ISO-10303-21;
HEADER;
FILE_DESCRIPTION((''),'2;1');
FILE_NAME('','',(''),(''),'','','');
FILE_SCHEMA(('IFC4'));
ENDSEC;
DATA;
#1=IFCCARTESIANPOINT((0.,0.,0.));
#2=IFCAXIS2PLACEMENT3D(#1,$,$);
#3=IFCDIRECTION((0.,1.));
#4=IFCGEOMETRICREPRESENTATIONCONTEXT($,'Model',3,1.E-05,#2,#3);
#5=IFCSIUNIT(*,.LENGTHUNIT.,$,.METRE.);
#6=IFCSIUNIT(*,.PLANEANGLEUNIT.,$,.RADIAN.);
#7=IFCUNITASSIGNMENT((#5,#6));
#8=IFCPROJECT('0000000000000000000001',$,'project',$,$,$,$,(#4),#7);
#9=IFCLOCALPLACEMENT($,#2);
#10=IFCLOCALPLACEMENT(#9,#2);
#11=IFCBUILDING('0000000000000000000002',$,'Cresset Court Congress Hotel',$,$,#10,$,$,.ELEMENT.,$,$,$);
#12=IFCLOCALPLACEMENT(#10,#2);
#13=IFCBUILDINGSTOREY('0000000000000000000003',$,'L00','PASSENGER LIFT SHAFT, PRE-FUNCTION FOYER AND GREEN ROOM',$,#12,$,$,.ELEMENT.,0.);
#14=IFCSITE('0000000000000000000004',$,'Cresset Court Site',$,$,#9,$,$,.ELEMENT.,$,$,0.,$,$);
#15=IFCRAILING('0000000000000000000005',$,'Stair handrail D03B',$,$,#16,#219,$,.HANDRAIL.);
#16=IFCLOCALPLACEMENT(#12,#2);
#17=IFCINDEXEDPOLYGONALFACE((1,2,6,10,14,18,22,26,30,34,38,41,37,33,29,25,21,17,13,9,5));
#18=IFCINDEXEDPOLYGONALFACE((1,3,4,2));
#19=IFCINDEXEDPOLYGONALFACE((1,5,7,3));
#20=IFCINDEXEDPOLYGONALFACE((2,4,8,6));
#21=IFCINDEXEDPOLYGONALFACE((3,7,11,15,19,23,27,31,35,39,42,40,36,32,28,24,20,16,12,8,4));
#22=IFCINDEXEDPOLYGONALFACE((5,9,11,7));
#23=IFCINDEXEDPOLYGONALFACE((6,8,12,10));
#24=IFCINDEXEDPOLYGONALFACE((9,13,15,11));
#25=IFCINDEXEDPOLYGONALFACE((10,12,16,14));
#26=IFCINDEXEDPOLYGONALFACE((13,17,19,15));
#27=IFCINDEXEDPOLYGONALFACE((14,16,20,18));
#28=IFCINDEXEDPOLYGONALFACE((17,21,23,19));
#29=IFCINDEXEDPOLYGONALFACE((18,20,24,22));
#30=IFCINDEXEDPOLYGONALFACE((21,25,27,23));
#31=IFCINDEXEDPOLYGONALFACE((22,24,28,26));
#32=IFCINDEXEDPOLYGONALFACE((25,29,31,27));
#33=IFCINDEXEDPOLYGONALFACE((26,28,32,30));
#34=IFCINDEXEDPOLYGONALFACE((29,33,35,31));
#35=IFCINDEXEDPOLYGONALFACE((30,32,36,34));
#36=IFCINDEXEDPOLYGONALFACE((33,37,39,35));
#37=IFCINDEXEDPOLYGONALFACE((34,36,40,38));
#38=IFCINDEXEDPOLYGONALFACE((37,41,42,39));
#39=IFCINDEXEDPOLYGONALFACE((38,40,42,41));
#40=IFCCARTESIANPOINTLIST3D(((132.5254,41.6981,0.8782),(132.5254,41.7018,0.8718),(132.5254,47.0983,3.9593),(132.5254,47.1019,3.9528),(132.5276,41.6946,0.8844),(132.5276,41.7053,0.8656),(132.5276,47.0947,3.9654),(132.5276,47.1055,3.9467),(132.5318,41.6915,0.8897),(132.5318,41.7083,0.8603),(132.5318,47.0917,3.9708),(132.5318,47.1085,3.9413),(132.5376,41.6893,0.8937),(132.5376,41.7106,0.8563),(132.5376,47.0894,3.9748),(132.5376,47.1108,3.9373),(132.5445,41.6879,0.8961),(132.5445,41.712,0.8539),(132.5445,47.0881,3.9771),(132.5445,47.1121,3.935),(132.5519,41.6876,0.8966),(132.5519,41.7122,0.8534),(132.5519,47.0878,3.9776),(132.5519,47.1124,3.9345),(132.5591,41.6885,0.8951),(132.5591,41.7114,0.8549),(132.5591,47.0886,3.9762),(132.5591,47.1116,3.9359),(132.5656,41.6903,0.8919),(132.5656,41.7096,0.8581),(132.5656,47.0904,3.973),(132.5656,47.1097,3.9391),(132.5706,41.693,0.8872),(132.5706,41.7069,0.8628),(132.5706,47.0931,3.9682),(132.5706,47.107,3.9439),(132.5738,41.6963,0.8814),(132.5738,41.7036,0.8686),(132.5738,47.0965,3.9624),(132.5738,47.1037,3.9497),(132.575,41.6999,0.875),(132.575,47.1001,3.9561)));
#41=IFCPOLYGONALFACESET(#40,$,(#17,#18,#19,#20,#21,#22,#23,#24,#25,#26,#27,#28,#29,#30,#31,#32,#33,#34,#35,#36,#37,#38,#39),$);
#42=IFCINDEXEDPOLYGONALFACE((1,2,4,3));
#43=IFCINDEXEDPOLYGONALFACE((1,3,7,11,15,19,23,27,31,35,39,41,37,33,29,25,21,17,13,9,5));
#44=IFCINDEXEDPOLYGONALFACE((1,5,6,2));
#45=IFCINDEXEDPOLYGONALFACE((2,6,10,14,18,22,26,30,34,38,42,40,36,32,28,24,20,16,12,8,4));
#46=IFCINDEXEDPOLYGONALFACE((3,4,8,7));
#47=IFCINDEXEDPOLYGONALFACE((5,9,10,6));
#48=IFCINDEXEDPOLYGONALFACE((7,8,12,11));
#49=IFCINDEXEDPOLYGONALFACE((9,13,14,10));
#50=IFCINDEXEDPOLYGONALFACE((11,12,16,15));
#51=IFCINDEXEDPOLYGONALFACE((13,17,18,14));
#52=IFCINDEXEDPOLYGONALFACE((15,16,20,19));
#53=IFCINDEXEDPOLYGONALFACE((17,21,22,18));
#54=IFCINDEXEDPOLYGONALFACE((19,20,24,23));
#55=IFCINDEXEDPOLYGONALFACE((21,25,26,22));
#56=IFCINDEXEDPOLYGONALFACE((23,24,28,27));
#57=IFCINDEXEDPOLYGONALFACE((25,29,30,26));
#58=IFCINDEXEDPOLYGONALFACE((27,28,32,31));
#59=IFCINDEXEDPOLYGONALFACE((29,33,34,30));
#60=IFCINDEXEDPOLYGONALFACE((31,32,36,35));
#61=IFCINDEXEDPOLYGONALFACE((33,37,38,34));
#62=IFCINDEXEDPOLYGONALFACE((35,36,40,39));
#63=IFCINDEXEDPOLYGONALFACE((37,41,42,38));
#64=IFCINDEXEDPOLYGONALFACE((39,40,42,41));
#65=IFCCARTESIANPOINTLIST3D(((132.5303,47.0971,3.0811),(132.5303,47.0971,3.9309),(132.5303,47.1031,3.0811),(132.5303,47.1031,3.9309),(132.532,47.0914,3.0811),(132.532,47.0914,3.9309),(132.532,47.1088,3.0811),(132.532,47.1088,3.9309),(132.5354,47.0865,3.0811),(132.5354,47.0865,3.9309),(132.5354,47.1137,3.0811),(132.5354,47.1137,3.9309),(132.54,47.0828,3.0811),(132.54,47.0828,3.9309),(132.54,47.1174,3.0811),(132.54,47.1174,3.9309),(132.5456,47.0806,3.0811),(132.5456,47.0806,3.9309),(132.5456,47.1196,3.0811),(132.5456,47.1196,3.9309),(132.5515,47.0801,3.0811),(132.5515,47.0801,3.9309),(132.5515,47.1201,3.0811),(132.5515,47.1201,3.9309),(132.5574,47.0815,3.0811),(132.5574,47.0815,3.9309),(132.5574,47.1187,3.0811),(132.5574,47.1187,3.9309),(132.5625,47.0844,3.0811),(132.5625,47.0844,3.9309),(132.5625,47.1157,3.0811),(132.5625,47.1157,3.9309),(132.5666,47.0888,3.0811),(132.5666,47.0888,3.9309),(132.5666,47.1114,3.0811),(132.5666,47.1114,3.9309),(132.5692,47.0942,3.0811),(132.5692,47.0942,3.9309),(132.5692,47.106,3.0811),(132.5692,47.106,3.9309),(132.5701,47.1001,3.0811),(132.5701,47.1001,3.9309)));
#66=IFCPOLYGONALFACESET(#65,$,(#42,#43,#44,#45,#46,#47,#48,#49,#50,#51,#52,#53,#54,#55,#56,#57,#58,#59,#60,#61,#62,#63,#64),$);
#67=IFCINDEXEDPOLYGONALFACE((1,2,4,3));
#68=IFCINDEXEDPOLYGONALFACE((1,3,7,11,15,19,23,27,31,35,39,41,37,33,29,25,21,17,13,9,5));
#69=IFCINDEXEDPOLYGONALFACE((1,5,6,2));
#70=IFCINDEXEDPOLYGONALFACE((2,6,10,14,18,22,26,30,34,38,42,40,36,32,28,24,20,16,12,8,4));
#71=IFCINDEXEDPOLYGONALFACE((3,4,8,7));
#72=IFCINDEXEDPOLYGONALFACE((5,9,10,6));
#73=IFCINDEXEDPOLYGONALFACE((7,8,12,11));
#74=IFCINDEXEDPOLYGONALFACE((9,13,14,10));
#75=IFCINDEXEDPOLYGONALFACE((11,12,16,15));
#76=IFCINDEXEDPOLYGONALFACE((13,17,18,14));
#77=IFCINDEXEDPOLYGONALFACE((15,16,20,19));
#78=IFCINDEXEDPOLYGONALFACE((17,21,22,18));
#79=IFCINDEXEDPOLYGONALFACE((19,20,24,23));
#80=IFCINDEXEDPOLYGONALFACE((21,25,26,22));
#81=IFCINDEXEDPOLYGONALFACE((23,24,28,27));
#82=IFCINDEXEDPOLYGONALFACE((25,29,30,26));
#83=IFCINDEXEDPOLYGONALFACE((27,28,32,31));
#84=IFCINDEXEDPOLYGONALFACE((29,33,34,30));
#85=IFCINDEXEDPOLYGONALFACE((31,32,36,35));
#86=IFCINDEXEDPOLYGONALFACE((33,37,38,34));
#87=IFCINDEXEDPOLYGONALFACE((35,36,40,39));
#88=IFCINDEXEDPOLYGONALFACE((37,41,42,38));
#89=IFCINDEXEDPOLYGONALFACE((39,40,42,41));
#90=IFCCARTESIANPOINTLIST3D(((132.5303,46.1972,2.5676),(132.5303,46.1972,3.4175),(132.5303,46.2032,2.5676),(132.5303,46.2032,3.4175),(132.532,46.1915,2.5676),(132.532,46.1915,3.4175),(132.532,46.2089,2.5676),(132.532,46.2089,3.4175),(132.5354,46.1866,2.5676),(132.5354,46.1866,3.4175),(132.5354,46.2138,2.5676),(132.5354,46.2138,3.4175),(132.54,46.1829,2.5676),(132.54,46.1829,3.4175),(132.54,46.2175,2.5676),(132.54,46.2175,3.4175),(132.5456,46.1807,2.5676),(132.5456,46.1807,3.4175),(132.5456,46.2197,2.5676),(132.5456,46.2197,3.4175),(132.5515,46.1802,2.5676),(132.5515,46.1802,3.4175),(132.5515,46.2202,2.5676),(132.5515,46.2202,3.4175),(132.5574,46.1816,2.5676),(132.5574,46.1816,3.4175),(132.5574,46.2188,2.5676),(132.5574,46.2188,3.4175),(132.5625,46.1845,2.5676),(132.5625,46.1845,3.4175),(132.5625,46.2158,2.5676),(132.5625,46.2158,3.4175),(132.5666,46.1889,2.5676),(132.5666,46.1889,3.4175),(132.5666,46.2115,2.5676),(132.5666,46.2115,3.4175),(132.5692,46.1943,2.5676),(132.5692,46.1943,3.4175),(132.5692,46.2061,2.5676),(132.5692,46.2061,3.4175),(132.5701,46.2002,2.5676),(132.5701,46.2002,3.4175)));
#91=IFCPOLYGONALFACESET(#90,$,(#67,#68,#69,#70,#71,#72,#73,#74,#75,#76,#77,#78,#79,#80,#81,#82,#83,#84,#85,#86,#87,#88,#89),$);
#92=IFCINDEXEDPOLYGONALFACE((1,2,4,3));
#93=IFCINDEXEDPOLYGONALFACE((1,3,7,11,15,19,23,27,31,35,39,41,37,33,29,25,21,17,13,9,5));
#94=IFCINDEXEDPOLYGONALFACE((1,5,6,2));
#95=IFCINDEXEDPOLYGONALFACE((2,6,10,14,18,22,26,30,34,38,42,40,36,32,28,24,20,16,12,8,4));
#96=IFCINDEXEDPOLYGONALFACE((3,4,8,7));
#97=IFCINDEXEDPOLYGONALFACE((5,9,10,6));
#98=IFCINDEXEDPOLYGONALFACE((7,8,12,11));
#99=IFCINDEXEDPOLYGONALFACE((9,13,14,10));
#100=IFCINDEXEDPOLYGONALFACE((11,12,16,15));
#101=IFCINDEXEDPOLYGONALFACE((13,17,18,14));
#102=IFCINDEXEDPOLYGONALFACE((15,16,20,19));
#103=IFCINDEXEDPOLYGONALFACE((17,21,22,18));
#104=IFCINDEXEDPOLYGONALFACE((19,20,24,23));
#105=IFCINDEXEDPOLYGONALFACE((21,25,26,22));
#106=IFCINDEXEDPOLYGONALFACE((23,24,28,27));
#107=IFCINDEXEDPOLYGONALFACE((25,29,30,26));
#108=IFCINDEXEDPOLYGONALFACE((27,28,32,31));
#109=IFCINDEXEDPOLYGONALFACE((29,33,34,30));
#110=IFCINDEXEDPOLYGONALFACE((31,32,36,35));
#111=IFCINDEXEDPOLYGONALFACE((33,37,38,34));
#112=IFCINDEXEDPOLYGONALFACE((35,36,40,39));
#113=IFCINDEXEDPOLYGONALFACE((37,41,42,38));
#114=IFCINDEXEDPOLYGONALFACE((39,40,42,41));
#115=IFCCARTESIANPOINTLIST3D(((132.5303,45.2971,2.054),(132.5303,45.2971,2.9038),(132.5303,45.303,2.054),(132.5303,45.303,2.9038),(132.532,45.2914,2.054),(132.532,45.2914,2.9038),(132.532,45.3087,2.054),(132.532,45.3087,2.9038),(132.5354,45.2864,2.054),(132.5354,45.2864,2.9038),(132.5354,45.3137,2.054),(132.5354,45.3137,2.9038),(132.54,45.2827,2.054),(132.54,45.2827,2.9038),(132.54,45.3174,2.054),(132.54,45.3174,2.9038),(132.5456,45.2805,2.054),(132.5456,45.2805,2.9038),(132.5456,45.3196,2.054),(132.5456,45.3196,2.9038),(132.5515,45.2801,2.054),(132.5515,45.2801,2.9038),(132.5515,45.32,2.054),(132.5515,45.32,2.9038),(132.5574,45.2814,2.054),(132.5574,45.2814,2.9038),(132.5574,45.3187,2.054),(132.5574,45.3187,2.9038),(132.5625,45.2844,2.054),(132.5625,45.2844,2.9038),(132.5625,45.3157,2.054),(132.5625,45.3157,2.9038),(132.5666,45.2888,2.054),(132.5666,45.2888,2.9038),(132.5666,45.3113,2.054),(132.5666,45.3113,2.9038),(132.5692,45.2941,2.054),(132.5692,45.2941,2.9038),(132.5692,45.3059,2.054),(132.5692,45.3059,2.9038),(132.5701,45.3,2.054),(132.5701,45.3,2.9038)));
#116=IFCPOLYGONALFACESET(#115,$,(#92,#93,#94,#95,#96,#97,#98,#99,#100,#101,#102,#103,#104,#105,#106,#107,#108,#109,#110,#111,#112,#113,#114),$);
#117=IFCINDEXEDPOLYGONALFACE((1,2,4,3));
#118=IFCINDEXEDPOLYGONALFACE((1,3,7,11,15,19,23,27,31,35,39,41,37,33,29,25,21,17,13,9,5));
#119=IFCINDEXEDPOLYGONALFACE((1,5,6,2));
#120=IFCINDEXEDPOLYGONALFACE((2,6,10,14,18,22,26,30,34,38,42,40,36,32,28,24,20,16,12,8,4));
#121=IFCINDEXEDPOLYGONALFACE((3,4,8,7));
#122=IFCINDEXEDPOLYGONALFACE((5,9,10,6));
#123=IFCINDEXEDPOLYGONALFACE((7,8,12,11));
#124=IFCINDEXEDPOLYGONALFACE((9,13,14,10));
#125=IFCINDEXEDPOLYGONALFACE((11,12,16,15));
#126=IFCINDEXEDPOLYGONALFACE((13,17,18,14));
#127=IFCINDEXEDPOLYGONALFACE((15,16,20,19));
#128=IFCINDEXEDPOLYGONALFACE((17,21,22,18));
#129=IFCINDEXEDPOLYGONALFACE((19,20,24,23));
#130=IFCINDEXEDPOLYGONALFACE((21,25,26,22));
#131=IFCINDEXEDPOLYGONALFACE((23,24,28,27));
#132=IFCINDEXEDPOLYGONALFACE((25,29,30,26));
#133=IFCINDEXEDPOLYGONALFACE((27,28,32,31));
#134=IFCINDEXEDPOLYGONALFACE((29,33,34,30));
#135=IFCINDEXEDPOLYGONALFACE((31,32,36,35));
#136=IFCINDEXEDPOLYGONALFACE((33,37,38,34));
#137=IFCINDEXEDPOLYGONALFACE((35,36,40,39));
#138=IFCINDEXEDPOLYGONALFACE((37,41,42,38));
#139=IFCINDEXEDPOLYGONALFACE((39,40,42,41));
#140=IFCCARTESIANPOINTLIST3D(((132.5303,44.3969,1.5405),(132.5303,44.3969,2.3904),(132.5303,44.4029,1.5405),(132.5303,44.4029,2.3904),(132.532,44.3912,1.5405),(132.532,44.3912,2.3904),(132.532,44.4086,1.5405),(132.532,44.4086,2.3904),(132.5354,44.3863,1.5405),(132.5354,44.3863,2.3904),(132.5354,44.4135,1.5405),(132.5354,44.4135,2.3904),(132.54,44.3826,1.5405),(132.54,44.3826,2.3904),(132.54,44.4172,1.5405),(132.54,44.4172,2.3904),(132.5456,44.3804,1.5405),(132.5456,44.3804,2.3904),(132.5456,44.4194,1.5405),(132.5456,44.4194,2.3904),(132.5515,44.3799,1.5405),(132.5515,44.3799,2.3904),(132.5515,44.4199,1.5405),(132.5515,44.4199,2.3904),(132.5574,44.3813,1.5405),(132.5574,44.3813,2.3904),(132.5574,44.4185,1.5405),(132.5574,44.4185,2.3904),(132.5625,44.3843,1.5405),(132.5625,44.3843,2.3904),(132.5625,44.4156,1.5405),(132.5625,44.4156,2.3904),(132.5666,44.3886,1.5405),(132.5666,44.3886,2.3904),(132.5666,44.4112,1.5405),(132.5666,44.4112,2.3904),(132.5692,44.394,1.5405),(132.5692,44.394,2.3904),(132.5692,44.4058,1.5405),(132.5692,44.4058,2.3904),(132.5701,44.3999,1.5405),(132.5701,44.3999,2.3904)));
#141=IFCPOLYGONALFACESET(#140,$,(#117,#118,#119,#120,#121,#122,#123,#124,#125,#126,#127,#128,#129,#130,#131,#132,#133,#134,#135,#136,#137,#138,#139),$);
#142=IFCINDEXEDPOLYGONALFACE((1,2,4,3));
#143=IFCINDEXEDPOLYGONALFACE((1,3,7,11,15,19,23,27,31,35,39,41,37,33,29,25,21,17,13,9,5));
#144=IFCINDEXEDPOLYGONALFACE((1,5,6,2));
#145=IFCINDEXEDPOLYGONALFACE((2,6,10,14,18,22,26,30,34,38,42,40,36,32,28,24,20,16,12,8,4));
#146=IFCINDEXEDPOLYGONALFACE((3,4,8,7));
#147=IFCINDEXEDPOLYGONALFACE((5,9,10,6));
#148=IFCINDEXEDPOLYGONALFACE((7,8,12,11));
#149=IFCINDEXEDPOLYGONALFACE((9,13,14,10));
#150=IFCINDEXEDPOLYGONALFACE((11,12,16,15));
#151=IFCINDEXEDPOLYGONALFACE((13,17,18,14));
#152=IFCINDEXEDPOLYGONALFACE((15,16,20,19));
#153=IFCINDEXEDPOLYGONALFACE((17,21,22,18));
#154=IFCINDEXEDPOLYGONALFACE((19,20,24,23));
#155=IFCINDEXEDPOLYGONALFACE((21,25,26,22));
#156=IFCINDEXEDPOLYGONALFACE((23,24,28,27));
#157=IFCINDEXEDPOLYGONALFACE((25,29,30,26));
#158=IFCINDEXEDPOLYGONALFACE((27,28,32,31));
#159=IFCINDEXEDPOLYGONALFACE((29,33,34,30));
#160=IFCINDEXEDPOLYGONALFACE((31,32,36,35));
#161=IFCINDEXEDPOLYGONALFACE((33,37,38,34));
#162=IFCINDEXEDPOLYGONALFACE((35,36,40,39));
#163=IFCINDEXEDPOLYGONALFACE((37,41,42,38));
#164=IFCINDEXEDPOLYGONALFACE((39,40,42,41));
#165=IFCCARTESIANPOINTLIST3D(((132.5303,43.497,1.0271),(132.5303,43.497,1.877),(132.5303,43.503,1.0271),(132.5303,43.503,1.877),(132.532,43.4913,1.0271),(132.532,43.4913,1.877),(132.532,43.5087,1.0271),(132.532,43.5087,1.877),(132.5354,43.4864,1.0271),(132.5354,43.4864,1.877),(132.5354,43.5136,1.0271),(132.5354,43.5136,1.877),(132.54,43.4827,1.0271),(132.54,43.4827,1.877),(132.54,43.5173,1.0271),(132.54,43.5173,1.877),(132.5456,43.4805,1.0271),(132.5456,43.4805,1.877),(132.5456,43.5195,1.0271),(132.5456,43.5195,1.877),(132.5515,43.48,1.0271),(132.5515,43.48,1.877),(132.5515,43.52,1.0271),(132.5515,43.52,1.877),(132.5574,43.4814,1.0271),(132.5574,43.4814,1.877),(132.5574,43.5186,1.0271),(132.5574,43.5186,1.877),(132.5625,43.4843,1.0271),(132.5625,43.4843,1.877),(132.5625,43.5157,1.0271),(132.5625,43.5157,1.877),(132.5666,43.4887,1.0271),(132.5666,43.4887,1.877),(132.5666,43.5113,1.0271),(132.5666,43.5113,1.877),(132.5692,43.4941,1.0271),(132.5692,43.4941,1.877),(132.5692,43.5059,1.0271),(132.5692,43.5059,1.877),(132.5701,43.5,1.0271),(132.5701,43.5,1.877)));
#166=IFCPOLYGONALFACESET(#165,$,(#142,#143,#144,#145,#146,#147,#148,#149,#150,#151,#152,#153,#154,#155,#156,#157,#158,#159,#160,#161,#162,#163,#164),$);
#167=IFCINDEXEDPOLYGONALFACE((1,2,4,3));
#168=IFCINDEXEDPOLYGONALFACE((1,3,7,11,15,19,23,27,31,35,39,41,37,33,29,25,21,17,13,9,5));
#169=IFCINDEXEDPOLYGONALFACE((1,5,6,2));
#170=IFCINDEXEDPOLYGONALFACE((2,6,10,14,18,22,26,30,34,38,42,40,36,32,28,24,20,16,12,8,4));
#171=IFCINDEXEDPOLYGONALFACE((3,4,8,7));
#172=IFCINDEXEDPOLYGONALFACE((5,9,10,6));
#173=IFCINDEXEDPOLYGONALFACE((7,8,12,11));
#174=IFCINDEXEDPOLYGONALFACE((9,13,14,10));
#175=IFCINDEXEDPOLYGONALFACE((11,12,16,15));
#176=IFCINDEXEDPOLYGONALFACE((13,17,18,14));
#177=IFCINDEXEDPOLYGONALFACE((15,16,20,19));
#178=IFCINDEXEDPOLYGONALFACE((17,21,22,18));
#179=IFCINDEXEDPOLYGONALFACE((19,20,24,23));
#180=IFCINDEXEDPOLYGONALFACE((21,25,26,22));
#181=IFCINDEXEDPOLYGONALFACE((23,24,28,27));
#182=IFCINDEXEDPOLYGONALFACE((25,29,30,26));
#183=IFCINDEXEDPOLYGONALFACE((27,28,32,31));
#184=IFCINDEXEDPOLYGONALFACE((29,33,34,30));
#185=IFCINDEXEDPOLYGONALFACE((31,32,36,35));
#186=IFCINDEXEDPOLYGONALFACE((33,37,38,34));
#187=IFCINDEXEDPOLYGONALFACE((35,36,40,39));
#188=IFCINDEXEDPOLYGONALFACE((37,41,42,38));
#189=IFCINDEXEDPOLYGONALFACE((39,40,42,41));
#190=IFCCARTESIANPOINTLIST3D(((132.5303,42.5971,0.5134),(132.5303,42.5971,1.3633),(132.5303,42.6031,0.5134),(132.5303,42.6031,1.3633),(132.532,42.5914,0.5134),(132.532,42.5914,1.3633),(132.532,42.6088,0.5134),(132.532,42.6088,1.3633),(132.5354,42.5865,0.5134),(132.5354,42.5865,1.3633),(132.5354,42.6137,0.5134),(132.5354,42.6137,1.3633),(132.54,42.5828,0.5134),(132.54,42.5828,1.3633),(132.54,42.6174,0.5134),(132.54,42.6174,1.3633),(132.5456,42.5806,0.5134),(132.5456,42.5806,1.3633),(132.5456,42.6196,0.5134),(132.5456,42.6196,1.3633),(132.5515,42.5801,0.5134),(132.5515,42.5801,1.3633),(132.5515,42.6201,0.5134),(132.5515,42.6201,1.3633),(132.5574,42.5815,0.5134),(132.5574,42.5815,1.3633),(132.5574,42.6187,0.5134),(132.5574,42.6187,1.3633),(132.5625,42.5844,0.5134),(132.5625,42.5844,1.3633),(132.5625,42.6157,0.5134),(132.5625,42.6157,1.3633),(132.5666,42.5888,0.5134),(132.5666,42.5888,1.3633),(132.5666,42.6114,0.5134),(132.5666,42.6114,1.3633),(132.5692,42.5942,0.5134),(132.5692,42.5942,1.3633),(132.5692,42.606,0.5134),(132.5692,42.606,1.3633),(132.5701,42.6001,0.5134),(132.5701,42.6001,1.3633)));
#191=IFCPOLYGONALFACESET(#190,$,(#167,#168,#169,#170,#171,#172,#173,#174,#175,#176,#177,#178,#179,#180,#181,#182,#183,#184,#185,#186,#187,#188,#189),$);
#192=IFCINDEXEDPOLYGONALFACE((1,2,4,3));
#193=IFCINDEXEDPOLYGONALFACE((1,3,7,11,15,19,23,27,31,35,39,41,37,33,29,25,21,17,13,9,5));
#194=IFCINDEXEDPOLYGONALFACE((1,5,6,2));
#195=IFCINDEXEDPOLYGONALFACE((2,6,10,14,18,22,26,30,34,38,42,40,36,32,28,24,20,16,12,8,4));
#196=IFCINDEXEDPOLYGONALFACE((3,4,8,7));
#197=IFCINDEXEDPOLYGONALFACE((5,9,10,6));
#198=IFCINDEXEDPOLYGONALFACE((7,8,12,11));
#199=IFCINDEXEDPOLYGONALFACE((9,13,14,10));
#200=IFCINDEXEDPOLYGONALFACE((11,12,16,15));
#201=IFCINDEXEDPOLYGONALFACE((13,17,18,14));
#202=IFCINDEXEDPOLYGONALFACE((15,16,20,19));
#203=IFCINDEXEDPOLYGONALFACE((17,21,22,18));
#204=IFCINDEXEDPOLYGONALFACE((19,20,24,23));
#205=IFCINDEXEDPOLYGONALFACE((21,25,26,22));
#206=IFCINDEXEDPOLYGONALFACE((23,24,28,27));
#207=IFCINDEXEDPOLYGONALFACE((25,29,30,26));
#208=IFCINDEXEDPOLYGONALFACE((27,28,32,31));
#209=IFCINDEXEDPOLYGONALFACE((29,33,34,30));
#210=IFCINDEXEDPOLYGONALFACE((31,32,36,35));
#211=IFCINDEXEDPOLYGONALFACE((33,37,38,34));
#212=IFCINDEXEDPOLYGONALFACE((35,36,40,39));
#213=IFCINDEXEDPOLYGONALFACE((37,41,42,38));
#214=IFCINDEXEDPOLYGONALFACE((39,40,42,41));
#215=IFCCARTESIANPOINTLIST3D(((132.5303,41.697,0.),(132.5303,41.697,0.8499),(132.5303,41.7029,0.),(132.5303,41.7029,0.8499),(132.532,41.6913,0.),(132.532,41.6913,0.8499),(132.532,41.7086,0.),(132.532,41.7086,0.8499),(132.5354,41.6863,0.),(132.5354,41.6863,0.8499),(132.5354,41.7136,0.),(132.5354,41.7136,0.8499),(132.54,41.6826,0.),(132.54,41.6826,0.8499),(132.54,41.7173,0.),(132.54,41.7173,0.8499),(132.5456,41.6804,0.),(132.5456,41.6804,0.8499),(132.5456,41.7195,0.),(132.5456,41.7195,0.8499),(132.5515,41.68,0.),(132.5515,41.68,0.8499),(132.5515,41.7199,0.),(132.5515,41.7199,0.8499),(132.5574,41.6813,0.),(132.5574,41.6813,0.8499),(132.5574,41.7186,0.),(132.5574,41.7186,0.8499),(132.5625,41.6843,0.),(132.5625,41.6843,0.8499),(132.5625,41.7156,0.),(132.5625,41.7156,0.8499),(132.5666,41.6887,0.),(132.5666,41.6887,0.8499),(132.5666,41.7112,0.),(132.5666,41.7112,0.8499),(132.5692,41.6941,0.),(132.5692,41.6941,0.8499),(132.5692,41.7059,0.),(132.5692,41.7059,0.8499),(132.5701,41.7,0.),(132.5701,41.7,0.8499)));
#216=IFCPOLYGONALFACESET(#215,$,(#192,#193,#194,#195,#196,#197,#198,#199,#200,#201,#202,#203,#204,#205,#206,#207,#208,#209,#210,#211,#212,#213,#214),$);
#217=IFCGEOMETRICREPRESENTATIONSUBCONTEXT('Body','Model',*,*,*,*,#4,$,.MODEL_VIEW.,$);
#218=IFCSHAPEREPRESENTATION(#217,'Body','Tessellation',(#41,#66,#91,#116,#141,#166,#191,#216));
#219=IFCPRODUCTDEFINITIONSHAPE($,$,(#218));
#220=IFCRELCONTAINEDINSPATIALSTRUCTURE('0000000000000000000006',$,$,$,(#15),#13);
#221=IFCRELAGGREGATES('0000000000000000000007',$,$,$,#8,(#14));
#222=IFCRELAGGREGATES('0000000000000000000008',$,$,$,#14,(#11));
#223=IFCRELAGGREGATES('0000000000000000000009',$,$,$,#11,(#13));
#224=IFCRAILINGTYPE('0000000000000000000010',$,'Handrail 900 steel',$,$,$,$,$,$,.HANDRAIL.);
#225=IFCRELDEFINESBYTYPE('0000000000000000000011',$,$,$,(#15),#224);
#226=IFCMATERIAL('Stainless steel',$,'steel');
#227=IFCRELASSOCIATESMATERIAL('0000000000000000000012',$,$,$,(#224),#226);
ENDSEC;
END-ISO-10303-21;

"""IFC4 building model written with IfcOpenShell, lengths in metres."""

from ifc_helpers import new_model, si_unit, direction, frame, origin, origin_2d, place, context, subcontext, project, spatial, circle, extrude, material, type_object, element, save


model = new_model("IFC4")

# Units and contexts
model_context = context("Model", 3, precision=1e-05, world=origin(), true_north=direction((0.0, 1.0)))
body_context = subcontext(model_context, "Body", "Model", "MODEL_VIEW")
ifc_project = project(units=[si_unit("LENGTHUNIT", "METRE"), si_unit("PLANEANGLEUNIT", "RADIAN")], contexts=[model_context])

# Site, building, storey
site_placement = place(None, origin())
site = spatial("IfcSite", under=ifc_project, at=site_placement, Name="Cresset Court Site", CompositionType="ELEMENT", RefElevation=0.0)
building_placement = place(site_placement, origin())
building = spatial("IfcBuilding", under=site, at=building_placement, Name="Cresset Court Congress Hotel", CompositionType="ELEMENT")
storey_placement = place(building_placement, origin())
storey = spatial("IfcBuildingStorey", under=building, at=storey_placement, Name="L00", Description="PASSENGER LIFT SHAFT, PRE-FUNCTION FOYER AND GREEN ROOM", CompositionType="ELEMENT", Elevation=0.0)

# Railing
ifc_material_1 = material(Name="Stainless steel", Category="steel")
railing_type_1 = type_object("IfcRailingType", Name="Handrail 900 steel", PredefinedType="HANDRAIL", material=ifc_material_1)
railing_1_placement = place(storey_placement, frame((132.55, 47.1001, 3.0811)))
element("IfcRailing", 1, at=railing_1_placement, inside=storey, type_object=railing_type_1, Name="Stair handrail D03B", PredefinedType="HANDRAIL", context=body_context, shape_type="SweptSolid", body=[
    extrude(circle(Radius=0.0249, at=origin_2d()), frame((0.0, 0.0, 0.875), z_axis=(0.0, -0.868572, -0.495564), x_axis=(1.0, 0.0, 0.0)), (0.0, 0.0, 1.0), 6.2173),
    extrude(circle(Radius=0.02, at=origin_2d()), origin(), (0.0, 0.0, 1.0), 0.8499),
    extrude(circle(Radius=0.02, at=origin_2d()), frame((0.0, -0.8999, -0.5134)), (0.0, 0.0, 1.0), 0.8499),
    extrude(circle(Radius=0.02, at=origin_2d()), frame((0.0, -1.8, -1.0271)), (0.0, 0.0, 1.0), 0.8499),
    extrude(circle(Radius=0.02, at=origin_2d()), frame((0.0, -2.7002, -1.5405)), (0.0, 0.0, 1.0), 0.8499),
    extrude(circle(Radius=0.02, at=origin_2d()), frame((0.0, -3.6001, -2.054)), (0.0, 0.0, 1.0), 0.8499),
    extrude(circle(Radius=0.02, at=origin_2d()), frame((0.0, -4.5, -2.5676)), (0.0, 0.0, 1.0), 0.8499),
    extrude(circle(Radius=0.02, at=origin_2d()), frame((0.0, -5.4001, -3.0811)), (0.0, 0.0, 1.0), 0.8499),
])

save(model, "model.ifc")
